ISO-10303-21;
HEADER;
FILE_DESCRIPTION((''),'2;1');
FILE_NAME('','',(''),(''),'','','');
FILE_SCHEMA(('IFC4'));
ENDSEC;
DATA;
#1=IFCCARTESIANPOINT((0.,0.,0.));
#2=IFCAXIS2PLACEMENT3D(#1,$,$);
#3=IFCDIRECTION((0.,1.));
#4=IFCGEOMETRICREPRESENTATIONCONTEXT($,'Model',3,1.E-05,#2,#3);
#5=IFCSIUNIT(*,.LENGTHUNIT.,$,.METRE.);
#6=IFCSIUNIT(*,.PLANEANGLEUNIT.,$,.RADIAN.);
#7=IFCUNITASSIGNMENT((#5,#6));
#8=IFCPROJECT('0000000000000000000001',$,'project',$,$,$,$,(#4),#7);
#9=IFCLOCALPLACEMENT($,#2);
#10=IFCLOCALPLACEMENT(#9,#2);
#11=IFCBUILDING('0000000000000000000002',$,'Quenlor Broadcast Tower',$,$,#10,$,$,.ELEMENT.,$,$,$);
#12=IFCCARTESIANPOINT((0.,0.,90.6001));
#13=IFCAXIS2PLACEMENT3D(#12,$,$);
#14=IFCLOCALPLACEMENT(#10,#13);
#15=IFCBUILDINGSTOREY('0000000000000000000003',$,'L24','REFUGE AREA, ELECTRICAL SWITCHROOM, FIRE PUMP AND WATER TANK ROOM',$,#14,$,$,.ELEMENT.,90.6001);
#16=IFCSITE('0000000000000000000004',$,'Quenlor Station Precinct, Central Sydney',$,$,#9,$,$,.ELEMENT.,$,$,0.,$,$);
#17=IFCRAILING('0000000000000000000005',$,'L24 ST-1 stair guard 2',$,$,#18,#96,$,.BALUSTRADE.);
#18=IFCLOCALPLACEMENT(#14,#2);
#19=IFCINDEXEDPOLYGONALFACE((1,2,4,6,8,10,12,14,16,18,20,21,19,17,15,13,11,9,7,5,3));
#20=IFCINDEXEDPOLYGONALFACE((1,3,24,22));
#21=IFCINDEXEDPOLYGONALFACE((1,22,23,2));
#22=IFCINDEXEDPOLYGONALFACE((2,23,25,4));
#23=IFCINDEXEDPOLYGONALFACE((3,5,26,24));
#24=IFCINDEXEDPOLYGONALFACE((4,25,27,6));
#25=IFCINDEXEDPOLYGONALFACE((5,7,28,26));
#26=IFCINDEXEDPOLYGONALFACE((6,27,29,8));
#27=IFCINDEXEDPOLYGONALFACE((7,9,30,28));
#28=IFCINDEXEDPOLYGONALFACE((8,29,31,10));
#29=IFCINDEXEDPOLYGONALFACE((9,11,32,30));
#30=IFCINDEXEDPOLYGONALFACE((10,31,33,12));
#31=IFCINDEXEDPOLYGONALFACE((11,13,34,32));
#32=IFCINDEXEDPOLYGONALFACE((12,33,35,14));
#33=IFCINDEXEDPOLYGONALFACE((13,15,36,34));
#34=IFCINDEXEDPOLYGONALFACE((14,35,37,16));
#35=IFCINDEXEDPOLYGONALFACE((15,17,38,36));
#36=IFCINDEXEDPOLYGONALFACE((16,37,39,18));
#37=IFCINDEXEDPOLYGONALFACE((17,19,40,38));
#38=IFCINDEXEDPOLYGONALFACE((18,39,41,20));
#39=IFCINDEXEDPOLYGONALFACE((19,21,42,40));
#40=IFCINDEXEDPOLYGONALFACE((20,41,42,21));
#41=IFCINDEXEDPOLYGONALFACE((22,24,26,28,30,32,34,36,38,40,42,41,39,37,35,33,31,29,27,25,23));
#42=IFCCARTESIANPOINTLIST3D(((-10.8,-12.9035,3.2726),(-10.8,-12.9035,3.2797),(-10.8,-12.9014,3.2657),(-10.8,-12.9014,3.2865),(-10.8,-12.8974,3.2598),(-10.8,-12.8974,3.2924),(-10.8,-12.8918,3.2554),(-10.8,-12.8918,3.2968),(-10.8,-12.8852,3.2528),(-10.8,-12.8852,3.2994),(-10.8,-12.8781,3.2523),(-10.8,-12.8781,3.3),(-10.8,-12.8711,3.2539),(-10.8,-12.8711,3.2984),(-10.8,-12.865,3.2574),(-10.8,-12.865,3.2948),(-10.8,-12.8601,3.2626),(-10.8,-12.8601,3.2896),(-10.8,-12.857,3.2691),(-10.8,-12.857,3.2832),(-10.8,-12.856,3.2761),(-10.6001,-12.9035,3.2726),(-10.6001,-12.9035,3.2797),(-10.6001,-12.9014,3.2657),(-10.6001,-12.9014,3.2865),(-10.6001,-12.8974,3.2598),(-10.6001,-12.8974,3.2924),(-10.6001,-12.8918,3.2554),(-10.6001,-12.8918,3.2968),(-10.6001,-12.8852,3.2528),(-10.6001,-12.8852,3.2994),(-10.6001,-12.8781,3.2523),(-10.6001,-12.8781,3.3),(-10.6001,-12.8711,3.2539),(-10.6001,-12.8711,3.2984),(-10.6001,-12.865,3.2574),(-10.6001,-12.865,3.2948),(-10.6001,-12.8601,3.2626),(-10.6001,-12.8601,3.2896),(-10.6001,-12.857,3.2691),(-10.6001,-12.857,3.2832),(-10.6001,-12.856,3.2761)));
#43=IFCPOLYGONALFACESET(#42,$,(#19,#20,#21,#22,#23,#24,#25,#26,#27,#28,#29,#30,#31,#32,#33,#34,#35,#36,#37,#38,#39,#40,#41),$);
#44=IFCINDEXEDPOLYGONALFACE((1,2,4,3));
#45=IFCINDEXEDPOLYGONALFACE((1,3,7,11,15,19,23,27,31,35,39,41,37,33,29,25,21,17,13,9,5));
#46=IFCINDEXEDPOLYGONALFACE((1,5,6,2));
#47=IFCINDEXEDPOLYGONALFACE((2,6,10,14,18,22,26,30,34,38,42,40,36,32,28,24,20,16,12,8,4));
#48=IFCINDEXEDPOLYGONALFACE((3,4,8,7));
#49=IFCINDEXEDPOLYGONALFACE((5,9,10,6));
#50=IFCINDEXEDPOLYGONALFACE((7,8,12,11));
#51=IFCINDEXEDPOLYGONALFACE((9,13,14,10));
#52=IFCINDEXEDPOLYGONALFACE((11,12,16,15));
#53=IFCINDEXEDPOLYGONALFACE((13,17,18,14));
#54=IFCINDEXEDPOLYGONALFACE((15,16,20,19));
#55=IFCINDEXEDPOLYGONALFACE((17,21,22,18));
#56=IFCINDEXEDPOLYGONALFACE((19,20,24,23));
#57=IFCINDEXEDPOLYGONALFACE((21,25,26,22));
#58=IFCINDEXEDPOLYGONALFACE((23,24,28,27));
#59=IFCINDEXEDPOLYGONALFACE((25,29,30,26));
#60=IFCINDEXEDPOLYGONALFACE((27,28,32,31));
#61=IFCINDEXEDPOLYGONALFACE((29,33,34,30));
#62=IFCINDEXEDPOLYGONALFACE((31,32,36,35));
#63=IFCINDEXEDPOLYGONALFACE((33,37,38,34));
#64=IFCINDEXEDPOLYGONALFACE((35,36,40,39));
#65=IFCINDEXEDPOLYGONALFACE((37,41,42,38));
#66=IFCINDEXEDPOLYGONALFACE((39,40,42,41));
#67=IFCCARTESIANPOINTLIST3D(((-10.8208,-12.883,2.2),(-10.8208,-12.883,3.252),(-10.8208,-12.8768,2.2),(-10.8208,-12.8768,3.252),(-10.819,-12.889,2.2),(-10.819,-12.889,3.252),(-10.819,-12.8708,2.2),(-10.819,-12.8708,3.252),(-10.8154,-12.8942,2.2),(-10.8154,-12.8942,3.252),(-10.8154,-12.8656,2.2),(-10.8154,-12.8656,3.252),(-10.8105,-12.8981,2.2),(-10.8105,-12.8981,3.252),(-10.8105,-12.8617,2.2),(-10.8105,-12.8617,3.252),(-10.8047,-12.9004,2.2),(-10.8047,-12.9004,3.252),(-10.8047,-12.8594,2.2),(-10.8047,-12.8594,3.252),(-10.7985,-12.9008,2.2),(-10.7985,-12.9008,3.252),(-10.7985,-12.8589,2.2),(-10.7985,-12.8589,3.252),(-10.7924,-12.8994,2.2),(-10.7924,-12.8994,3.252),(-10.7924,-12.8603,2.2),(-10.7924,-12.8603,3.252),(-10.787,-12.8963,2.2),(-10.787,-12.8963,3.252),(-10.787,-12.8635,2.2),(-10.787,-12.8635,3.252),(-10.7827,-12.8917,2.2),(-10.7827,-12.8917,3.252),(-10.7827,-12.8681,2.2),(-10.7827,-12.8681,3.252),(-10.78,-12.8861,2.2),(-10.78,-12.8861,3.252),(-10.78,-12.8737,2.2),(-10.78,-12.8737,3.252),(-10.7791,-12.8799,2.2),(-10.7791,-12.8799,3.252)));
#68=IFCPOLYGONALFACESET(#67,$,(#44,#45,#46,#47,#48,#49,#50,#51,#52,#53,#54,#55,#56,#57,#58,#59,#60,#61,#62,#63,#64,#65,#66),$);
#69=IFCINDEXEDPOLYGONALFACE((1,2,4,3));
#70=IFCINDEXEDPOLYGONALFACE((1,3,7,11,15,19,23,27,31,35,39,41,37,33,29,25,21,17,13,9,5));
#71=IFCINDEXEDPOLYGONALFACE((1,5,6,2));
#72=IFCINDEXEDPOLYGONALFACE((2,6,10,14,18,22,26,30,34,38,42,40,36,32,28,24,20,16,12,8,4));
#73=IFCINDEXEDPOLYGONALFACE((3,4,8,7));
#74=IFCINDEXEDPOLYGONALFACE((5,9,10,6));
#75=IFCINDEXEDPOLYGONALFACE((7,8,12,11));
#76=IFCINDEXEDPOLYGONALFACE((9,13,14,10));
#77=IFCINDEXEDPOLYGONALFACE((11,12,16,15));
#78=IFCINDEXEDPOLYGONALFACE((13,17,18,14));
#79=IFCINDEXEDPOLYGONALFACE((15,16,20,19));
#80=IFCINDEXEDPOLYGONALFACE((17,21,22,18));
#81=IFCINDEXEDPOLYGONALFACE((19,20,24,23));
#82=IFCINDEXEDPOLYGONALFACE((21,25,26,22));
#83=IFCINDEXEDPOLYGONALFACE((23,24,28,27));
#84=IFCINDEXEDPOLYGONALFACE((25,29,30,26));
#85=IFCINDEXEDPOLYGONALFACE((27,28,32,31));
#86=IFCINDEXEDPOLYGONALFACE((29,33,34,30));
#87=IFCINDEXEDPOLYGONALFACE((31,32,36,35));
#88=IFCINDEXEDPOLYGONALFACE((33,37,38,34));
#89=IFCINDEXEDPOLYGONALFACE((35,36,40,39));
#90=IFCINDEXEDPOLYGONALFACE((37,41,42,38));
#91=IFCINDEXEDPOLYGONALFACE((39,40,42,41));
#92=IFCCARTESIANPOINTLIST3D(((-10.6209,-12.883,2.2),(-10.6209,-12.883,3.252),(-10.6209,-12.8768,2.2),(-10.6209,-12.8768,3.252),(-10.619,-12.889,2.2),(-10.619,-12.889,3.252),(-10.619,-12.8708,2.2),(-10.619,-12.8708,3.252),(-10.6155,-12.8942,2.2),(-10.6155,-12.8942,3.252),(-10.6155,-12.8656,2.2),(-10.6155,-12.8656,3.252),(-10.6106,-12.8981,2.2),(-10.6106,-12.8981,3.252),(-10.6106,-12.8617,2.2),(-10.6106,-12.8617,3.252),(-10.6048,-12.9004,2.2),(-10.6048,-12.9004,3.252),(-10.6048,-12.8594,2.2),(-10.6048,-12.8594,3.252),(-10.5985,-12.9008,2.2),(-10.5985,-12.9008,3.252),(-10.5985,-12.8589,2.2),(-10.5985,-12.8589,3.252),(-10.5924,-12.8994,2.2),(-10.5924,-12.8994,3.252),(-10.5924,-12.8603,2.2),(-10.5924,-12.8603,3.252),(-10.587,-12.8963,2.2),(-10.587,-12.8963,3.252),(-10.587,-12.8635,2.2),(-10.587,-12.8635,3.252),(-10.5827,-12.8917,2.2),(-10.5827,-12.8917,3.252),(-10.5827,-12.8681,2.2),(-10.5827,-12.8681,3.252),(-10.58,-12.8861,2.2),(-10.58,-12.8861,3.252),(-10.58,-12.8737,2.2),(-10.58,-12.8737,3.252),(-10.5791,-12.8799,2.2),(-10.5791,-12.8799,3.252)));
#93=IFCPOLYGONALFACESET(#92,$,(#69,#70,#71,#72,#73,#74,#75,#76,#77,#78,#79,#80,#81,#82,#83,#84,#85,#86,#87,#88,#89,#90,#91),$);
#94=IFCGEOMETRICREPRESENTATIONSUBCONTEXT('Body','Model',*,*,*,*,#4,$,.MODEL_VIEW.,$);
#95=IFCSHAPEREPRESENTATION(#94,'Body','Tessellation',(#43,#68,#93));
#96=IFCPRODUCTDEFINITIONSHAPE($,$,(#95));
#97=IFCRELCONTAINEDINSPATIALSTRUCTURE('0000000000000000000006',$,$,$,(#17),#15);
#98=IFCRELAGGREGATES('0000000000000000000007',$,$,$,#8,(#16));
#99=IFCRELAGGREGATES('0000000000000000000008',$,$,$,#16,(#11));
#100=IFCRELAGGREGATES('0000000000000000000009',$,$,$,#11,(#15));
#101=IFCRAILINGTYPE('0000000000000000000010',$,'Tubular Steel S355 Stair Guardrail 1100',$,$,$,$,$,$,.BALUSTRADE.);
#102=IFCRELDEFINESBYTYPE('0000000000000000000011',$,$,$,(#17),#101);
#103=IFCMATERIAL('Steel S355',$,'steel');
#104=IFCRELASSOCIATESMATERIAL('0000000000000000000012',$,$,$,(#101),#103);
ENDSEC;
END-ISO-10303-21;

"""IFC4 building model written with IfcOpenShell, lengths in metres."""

from ifc_helpers import new_model, si_unit, direction, frame, origin, origin_2d, place, context, subcontext, project, spatial, circle, extrude, material, type_object, element, save


model = new_model("IFC4")

# Units and contexts
model_context = context("Model", 3, precision=1e-05, world=origin(), true_north=direction((0.0, 1.0)))
body_context = subcontext(model_context, "Body", "Model", "MODEL_VIEW")
ifc_project = project(units=[si_unit("LENGTHUNIT", "METRE"), si_unit("PLANEANGLEUNIT", "RADIAN")], contexts=[model_context])

# Site, building, storey
site_placement = place(None, origin())
site = spatial("IfcSite", under=ifc_project, at=site_placement, Name="Quenlor Station Precinct, Central Sydney", CompositionType="ELEMENT", RefElevation=0.0)
building_placement = place(site_placement, origin())
building = spatial("IfcBuilding", under=site, at=building_placement, Name="Quenlor Broadcast Tower", CompositionType="ELEMENT")
storey_placement = place(building_placement, frame((0.0, 0.0, 90.6001)))
storey = spatial("IfcBuildingStorey", under=building, at=storey_placement, Name="L24", Description="REFUGE AREA, ELECTRICAL SWITCHROOM, FIRE PUMP AND WATER TANK ROOM", CompositionType="ELEMENT", Elevation=90.6001)

# Railing
ifc_material_1 = material(Name="Steel S355", Category="steel")
railing_type_1 = type_object("IfcRailingType", Name="Tubular Steel S355 Stair Guardrail 1100", PredefinedType="BALUSTRADE", material=ifc_material_1)
railing_1_placement = place(storey_placement, frame((-10.8, -12.8799, 2.2)))
element("IfcRailing", 1, at=railing_1_placement, inside=storey, type_object=railing_type_1, Name="L24 ST-1 stair guard 2", PredefinedType="BALUSTRADE", context=body_context, shape_type="SweptSolid", body=[
    extrude(circle(Radius=0.0239, at=origin_2d()), frame((0.0, 0.0, 1.0762), z_axis=(1.0, 0.0, 0.0), x_axis=(0.0, 1.0, 0.0)), (0.0, 0.0, 1.0), 0.2),
    extrude(circle(Radius=0.021, at=origin_2d()), origin(), (0.0, 0.0, 1.0), 1.052),
    extrude(circle(Radius=0.021, at=origin_2d()), frame((0.2, 0.0, 0.0)), (0.0, 0.0, 1.0), 1.052),
])

save(model, "model.ifc")
